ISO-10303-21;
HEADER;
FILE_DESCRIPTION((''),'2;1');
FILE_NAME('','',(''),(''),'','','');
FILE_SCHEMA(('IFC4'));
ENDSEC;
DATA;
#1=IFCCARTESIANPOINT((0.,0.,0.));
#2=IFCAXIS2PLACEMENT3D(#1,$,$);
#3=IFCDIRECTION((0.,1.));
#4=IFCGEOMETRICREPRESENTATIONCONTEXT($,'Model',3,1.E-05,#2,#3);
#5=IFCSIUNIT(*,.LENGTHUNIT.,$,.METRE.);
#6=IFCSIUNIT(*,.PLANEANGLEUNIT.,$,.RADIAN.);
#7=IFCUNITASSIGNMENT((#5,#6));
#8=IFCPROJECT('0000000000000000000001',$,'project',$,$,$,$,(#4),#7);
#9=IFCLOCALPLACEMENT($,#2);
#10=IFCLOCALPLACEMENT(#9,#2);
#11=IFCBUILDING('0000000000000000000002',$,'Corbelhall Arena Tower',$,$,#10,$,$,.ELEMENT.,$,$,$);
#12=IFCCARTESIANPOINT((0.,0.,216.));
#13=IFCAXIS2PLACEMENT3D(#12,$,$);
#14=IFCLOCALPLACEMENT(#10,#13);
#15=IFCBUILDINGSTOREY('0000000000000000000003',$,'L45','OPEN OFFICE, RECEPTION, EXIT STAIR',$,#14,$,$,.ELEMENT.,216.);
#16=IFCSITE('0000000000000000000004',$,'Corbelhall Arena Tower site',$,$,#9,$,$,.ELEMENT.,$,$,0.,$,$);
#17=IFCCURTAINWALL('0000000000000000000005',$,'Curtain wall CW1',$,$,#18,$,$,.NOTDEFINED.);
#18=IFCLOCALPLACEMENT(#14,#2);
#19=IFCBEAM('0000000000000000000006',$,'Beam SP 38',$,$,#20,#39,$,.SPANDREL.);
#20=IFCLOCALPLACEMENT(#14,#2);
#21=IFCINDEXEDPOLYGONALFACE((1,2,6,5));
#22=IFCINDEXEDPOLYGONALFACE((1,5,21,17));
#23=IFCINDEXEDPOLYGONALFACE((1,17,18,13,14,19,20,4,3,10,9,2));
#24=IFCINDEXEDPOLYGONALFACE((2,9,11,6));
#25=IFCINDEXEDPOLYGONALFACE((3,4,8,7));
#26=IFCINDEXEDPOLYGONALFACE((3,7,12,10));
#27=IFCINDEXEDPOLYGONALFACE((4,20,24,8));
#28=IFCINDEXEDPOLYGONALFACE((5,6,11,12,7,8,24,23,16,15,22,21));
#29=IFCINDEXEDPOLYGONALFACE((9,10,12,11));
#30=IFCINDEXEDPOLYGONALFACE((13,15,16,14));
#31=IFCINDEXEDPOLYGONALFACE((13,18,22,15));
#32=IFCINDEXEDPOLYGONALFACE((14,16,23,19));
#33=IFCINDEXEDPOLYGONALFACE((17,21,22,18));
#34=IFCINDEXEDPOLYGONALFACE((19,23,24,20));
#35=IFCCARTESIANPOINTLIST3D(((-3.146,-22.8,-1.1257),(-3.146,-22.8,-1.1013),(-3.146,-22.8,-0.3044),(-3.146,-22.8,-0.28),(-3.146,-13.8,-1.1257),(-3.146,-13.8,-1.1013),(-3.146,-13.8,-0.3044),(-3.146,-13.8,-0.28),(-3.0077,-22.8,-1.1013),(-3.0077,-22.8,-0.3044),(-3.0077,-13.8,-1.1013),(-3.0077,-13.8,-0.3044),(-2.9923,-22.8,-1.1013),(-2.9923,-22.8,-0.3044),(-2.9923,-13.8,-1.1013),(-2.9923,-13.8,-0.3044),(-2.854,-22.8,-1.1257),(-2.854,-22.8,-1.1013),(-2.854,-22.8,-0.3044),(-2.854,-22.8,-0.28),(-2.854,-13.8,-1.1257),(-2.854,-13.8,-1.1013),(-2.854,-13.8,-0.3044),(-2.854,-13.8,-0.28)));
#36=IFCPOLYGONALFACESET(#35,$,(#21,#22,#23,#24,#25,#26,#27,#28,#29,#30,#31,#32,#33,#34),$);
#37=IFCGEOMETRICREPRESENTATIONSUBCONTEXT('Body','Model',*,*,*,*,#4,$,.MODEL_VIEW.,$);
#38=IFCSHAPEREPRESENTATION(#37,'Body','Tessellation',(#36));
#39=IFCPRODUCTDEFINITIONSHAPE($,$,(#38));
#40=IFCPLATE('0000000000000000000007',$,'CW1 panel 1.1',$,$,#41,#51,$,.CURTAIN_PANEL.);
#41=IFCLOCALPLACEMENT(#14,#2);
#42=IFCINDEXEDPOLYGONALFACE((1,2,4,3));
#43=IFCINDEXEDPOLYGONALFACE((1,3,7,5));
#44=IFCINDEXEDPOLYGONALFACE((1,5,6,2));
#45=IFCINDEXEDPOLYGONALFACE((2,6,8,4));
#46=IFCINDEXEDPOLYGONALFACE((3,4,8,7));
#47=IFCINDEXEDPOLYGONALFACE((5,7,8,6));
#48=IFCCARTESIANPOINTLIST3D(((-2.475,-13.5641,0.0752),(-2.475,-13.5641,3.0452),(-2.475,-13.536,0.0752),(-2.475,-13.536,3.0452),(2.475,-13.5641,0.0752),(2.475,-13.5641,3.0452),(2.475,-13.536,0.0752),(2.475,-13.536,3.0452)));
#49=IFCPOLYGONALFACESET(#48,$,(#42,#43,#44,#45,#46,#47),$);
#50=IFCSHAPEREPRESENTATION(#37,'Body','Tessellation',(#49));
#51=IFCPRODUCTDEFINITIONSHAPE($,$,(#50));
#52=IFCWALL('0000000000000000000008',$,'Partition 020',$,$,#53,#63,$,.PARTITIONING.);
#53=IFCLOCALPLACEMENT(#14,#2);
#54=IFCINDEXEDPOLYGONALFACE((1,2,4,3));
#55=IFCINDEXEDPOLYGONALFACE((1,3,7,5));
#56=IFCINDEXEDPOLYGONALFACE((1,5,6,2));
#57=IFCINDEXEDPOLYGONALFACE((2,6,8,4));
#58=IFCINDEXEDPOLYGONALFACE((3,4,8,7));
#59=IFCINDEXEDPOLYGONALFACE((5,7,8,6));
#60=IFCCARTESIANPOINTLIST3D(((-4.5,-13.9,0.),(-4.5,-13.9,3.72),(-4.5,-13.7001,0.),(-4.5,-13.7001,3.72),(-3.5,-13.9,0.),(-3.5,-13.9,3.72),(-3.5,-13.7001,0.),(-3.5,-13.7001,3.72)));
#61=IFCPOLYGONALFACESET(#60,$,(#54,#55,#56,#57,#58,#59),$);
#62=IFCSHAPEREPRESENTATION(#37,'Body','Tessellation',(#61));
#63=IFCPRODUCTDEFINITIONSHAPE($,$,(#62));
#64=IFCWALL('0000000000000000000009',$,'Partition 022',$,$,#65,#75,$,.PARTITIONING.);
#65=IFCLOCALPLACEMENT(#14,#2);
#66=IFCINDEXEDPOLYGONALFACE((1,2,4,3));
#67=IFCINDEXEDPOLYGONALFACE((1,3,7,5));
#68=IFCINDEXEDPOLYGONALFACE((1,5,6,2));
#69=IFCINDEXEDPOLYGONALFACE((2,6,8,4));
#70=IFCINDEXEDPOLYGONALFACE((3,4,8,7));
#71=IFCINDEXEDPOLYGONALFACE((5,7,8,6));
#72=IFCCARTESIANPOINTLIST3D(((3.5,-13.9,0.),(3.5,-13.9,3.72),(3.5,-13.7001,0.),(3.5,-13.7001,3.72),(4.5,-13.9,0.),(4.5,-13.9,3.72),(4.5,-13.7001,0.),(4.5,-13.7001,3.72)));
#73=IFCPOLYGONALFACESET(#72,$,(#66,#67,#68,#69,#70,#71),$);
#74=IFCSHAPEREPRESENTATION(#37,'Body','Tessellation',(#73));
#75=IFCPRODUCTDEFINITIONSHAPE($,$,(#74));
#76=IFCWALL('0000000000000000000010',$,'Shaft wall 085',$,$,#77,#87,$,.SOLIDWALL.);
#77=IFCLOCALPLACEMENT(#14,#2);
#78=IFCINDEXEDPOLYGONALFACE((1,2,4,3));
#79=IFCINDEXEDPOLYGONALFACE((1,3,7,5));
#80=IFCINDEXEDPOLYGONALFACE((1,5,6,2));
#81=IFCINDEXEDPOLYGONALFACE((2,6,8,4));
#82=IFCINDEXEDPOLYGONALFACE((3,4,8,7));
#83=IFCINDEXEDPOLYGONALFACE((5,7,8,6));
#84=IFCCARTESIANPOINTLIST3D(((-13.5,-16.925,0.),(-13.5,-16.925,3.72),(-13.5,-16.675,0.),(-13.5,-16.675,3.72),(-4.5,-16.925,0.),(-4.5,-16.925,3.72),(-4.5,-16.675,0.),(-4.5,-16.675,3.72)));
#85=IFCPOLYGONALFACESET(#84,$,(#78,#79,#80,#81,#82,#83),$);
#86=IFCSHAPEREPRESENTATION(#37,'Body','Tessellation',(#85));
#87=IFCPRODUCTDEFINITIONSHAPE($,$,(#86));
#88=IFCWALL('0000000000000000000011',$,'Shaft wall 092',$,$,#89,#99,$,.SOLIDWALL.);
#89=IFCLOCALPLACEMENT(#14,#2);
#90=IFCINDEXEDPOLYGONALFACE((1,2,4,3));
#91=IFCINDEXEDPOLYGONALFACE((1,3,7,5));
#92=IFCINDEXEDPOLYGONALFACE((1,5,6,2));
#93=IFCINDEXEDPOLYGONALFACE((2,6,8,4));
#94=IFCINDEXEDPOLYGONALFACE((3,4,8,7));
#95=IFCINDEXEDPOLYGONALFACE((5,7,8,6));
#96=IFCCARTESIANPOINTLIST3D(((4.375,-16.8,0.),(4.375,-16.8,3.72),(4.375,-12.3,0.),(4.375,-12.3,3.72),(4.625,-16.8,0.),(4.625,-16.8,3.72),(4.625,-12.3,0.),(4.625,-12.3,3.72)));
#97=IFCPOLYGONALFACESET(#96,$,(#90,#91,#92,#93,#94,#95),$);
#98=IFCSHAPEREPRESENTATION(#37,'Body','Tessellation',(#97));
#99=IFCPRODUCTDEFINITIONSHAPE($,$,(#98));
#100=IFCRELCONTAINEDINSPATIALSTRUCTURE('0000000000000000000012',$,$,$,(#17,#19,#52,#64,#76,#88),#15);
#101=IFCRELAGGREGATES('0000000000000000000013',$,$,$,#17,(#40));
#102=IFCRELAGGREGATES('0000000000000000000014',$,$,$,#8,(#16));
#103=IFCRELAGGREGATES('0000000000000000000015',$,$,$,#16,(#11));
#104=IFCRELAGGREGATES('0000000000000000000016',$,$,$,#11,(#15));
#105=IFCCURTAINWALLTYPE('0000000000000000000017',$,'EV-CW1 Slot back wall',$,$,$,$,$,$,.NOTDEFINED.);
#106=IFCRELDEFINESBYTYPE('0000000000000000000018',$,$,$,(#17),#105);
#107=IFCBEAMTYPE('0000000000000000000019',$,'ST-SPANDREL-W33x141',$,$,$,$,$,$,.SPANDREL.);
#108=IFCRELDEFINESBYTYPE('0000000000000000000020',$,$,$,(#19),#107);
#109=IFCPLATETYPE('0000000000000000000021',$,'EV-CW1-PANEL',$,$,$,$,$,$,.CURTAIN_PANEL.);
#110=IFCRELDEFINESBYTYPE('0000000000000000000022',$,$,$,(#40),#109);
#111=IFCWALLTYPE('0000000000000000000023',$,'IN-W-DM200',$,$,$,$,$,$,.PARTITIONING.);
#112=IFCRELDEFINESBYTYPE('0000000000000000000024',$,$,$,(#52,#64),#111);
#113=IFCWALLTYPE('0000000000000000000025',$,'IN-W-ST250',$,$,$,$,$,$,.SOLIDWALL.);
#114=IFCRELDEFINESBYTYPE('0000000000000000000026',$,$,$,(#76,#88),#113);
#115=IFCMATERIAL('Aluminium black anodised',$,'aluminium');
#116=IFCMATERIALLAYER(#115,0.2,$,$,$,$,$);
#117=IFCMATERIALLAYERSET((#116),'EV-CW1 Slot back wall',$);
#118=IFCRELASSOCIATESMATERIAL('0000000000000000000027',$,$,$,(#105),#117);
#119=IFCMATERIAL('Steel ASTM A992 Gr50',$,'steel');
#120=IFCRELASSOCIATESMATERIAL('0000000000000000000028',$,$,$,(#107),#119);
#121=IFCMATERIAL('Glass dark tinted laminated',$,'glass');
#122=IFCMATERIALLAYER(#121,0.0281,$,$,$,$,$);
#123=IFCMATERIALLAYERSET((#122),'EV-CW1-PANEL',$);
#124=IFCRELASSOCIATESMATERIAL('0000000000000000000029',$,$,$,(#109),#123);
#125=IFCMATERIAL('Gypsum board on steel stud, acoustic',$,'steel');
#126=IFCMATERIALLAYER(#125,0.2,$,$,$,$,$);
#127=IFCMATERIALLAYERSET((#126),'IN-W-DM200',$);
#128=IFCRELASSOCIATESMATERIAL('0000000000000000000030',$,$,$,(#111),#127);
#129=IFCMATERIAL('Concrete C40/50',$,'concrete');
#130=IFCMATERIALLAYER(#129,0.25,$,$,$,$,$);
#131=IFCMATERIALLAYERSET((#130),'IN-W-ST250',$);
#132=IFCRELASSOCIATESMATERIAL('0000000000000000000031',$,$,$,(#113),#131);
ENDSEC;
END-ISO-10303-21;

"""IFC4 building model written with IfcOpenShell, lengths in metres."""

from ifc_helpers import new_model, si_unit, direction, frame, frame_2d, origin, origin_2d, place, context, subcontext, project, spatial, rectangle, i_section, extrude, material, layer, layer_set, material_profile, profile_set, type_object, element, aggregate, save


model = new_model("IFC4")

# Units and contexts
model_context = context("Model", 3, precision=1e-05, world=origin(), true_north=direction((0.0, 1.0)))
body_context = subcontext(model_context, "Body", "Model", "MODEL_VIEW")
ifc_project = project(units=[si_unit("LENGTHUNIT", "METRE"), si_unit("PLANEANGLEUNIT", "RADIAN")], contexts=[model_context])

# Site, building, storey
site_placement = place(None, origin())
site = spatial("IfcSite", under=ifc_project, at=site_placement, Name="Corbelhall Arena Tower site", CompositionType="ELEMENT", RefElevation=0.0)
building_placement = place(site_placement, origin())
building = spatial("IfcBuilding", under=site, at=building_placement, Name="Corbelhall Arena Tower", CompositionType="ELEMENT")
storey_placement = place(building_placement, frame((0.0, 0.0, 216.0)))
storey = spatial("IfcBuildingStorey", under=building, at=storey_placement, Name="L45", Description="OPEN OFFICE, RECEPTION, EXIT STAIR", CompositionType="ELEMENT", Elevation=216.0)

# Curtain wall
ifc_material_1 = material(Name="Aluminium black anodised", Category="aluminium")
ifc_layer_1 = layer(ifc_material_1, 0.2)
ifc_layer_set_1 = layer_set([ifc_layer_1], Name="EV-CW1 Slot back wall")
curtain_wall_type = type_object("IfcCurtainWallType", Name="EV-CW1 Slot back wall", PredefinedType="NOTDEFINED", material=ifc_layer_set_1)
curtain_wall_placement = place(storey_placement, origin())
curtain_wall = element("IfcCurtainWall", 1, at=curtain_wall_placement, inside=storey, type_object=curtain_wall_type, Name="Curtain wall CW1", PredefinedType="NOTDEFINED")

# Beam
ifc_material_2 = material(Name="Steel ASTM A992 Gr50", Category="steel")
ifc_material_profile_1 = material_profile(ifc_material_2, i_section(OverallWidth=0.292, OverallDepth=0.8457, WebThickness=0.0154, FlangeThickness=0.0244, at=origin_2d()))
ifc_profile_set_1 = profile_set([ifc_material_profile_1], Name="Steel ASTM A992 Gr50")
beam_type_1 = type_object("IfcBeamType", Name="ST-SPANDREL-W33x141", PredefinedType="SPANDREL", material=ifc_profile_set_1)
for number, where, z_axis, x_axis, name in (
    (2, (-3.0, -13.8, -0.7029), (0.0, -1.0, 0.0), (1.0, 0.0, 0.0), "Beam SP 38"),
):
    element("IfcBeam", number, at=place(storey_placement, frame(where, z_axis=z_axis, x_axis=x_axis)), inside=storey, type_object=beam_type_1, Name=name, PredefinedType="SPANDREL", context=body_context, shape_type="SweptSolid", body=[
        extrude(i_section(OverallWidth=0.292, OverallDepth=0.8457, WebThickness=0.0154, FlangeThickness=0.0244, at=origin_2d()), origin(), (0.0, 0.0, 1.0), 9.0),
    ])

# Plate
ifc_material_3 = material(Name="Glass dark tinted laminated", Category="glass")
ifc_layer_2 = layer(ifc_material_3, 0.0281)
ifc_layer_set_2 = layer_set([ifc_layer_2], Name="EV-CW1-PANEL")
plate_type = type_object("IfcPlateType", Name="EV-CW1-PANEL", PredefinedType="CURTAIN_PANEL", material=ifc_layer_set_2)
plate_placement = place(storey_placement, frame((0.0, -13.55, 0.0752), z_axis=(0.0, 0.0, 1.0), x_axis=(1.0, 0.0, 0.0)))
plate = element("IfcPlate", 3, at=plate_placement, type_object=plate_type, Name="CW1 panel 1.1", PredefinedType="CURTAIN_PANEL", context=body_context, shape_type="SweptSolid", body=[
    extrude(rectangle(XDim=4.95, YDim=0.0281, at=origin_2d()), origin(), (0.0, 0.0, 1.0), 2.97),
])
aggregate(curtain_wall, [plate])

# Walls
ifc_material_4 = material(Name="Gypsum board on steel stud, acoustic", Category="steel")
ifc_layer_3 = layer(ifc_material_4, 0.2)
ifc_layer_set_3 = layer_set([ifc_layer_3], Name="IN-W-DM200")
wall_type_1 = type_object("IfcWallType", Name="IN-W-DM200", PredefinedType="PARTITIONING", material=ifc_layer_set_3)
for number, where, z_axis, x_axis, name in (
    (4, (-3.5, -13.8, 0.0), (0.0, 0.0, 1.0), (-1.0, 0.0, 0.0), "Partition 020"),
    (5, (4.5, -13.8, 0.0), (0.0, 0.0, 1.0), (-1.0, 0.0, 0.0), "Partition 022"),
):
    element("IfcWall", number, at=place(storey_placement, frame(where, z_axis=z_axis, x_axis=x_axis)), inside=storey, type_object=wall_type_1, Name=name, PredefinedType="PARTITIONING", context=body_context, shape_type="SweptSolid", body=[
        extrude(rectangle(XDim=1.0, YDim=0.2, at=frame_2d((0.5, 0.0))), origin(), (0.0, 0.0, 1.0), 3.72),
    ])
ifc_material_5 = material(Name="Concrete C40/50", Category="concrete")
ifc_layer_4 = layer(ifc_material_5, 0.25)
ifc_layer_set_4 = layer_set([ifc_layer_4], Name="IN-W-ST250")
wall_type_2 = type_object("IfcWallType", Name="IN-W-ST250", PredefinedType="SOLIDWALL", material=ifc_layer_set_4)
wall_1_placement = place(storey_placement, frame((-4.5, -16.8, 0.0), z_axis=(0.0, 0.0, 1.0), x_axis=(-1.0, 0.0, 0.0)))
element("IfcWall", 6, at=wall_1_placement, inside=storey, type_object=wall_type_2, Name="Shaft wall 085", PredefinedType="SOLIDWALL", context=body_context, shape_type="SweptSolid", body=[
    extrude(rectangle(XDim=9.0, YDim=0.25, at=frame_2d((4.5, 0.0))), origin(), (0.0, 0.0, 1.0), 3.72),
])
wall_2_placement = place(storey_placement, frame((4.5, -16.8, 0.0), z_axis=(0.0, 0.0, 1.0), x_axis=(0.0, 1.0, 0.0)))
element("IfcWall", 7, at=wall_2_placement, inside=storey, type_object=wall_type_2, Name="Shaft wall 092", PredefinedType="SOLIDWALL", context=body_context, shape_type="SweptSolid", body=[
    extrude(rectangle(XDim=4.5, YDim=0.25, at=frame_2d((2.25, 0.0))), origin(), (0.0, 0.0, 1.0), 3.72),
])

save(model, "model.ifc")
